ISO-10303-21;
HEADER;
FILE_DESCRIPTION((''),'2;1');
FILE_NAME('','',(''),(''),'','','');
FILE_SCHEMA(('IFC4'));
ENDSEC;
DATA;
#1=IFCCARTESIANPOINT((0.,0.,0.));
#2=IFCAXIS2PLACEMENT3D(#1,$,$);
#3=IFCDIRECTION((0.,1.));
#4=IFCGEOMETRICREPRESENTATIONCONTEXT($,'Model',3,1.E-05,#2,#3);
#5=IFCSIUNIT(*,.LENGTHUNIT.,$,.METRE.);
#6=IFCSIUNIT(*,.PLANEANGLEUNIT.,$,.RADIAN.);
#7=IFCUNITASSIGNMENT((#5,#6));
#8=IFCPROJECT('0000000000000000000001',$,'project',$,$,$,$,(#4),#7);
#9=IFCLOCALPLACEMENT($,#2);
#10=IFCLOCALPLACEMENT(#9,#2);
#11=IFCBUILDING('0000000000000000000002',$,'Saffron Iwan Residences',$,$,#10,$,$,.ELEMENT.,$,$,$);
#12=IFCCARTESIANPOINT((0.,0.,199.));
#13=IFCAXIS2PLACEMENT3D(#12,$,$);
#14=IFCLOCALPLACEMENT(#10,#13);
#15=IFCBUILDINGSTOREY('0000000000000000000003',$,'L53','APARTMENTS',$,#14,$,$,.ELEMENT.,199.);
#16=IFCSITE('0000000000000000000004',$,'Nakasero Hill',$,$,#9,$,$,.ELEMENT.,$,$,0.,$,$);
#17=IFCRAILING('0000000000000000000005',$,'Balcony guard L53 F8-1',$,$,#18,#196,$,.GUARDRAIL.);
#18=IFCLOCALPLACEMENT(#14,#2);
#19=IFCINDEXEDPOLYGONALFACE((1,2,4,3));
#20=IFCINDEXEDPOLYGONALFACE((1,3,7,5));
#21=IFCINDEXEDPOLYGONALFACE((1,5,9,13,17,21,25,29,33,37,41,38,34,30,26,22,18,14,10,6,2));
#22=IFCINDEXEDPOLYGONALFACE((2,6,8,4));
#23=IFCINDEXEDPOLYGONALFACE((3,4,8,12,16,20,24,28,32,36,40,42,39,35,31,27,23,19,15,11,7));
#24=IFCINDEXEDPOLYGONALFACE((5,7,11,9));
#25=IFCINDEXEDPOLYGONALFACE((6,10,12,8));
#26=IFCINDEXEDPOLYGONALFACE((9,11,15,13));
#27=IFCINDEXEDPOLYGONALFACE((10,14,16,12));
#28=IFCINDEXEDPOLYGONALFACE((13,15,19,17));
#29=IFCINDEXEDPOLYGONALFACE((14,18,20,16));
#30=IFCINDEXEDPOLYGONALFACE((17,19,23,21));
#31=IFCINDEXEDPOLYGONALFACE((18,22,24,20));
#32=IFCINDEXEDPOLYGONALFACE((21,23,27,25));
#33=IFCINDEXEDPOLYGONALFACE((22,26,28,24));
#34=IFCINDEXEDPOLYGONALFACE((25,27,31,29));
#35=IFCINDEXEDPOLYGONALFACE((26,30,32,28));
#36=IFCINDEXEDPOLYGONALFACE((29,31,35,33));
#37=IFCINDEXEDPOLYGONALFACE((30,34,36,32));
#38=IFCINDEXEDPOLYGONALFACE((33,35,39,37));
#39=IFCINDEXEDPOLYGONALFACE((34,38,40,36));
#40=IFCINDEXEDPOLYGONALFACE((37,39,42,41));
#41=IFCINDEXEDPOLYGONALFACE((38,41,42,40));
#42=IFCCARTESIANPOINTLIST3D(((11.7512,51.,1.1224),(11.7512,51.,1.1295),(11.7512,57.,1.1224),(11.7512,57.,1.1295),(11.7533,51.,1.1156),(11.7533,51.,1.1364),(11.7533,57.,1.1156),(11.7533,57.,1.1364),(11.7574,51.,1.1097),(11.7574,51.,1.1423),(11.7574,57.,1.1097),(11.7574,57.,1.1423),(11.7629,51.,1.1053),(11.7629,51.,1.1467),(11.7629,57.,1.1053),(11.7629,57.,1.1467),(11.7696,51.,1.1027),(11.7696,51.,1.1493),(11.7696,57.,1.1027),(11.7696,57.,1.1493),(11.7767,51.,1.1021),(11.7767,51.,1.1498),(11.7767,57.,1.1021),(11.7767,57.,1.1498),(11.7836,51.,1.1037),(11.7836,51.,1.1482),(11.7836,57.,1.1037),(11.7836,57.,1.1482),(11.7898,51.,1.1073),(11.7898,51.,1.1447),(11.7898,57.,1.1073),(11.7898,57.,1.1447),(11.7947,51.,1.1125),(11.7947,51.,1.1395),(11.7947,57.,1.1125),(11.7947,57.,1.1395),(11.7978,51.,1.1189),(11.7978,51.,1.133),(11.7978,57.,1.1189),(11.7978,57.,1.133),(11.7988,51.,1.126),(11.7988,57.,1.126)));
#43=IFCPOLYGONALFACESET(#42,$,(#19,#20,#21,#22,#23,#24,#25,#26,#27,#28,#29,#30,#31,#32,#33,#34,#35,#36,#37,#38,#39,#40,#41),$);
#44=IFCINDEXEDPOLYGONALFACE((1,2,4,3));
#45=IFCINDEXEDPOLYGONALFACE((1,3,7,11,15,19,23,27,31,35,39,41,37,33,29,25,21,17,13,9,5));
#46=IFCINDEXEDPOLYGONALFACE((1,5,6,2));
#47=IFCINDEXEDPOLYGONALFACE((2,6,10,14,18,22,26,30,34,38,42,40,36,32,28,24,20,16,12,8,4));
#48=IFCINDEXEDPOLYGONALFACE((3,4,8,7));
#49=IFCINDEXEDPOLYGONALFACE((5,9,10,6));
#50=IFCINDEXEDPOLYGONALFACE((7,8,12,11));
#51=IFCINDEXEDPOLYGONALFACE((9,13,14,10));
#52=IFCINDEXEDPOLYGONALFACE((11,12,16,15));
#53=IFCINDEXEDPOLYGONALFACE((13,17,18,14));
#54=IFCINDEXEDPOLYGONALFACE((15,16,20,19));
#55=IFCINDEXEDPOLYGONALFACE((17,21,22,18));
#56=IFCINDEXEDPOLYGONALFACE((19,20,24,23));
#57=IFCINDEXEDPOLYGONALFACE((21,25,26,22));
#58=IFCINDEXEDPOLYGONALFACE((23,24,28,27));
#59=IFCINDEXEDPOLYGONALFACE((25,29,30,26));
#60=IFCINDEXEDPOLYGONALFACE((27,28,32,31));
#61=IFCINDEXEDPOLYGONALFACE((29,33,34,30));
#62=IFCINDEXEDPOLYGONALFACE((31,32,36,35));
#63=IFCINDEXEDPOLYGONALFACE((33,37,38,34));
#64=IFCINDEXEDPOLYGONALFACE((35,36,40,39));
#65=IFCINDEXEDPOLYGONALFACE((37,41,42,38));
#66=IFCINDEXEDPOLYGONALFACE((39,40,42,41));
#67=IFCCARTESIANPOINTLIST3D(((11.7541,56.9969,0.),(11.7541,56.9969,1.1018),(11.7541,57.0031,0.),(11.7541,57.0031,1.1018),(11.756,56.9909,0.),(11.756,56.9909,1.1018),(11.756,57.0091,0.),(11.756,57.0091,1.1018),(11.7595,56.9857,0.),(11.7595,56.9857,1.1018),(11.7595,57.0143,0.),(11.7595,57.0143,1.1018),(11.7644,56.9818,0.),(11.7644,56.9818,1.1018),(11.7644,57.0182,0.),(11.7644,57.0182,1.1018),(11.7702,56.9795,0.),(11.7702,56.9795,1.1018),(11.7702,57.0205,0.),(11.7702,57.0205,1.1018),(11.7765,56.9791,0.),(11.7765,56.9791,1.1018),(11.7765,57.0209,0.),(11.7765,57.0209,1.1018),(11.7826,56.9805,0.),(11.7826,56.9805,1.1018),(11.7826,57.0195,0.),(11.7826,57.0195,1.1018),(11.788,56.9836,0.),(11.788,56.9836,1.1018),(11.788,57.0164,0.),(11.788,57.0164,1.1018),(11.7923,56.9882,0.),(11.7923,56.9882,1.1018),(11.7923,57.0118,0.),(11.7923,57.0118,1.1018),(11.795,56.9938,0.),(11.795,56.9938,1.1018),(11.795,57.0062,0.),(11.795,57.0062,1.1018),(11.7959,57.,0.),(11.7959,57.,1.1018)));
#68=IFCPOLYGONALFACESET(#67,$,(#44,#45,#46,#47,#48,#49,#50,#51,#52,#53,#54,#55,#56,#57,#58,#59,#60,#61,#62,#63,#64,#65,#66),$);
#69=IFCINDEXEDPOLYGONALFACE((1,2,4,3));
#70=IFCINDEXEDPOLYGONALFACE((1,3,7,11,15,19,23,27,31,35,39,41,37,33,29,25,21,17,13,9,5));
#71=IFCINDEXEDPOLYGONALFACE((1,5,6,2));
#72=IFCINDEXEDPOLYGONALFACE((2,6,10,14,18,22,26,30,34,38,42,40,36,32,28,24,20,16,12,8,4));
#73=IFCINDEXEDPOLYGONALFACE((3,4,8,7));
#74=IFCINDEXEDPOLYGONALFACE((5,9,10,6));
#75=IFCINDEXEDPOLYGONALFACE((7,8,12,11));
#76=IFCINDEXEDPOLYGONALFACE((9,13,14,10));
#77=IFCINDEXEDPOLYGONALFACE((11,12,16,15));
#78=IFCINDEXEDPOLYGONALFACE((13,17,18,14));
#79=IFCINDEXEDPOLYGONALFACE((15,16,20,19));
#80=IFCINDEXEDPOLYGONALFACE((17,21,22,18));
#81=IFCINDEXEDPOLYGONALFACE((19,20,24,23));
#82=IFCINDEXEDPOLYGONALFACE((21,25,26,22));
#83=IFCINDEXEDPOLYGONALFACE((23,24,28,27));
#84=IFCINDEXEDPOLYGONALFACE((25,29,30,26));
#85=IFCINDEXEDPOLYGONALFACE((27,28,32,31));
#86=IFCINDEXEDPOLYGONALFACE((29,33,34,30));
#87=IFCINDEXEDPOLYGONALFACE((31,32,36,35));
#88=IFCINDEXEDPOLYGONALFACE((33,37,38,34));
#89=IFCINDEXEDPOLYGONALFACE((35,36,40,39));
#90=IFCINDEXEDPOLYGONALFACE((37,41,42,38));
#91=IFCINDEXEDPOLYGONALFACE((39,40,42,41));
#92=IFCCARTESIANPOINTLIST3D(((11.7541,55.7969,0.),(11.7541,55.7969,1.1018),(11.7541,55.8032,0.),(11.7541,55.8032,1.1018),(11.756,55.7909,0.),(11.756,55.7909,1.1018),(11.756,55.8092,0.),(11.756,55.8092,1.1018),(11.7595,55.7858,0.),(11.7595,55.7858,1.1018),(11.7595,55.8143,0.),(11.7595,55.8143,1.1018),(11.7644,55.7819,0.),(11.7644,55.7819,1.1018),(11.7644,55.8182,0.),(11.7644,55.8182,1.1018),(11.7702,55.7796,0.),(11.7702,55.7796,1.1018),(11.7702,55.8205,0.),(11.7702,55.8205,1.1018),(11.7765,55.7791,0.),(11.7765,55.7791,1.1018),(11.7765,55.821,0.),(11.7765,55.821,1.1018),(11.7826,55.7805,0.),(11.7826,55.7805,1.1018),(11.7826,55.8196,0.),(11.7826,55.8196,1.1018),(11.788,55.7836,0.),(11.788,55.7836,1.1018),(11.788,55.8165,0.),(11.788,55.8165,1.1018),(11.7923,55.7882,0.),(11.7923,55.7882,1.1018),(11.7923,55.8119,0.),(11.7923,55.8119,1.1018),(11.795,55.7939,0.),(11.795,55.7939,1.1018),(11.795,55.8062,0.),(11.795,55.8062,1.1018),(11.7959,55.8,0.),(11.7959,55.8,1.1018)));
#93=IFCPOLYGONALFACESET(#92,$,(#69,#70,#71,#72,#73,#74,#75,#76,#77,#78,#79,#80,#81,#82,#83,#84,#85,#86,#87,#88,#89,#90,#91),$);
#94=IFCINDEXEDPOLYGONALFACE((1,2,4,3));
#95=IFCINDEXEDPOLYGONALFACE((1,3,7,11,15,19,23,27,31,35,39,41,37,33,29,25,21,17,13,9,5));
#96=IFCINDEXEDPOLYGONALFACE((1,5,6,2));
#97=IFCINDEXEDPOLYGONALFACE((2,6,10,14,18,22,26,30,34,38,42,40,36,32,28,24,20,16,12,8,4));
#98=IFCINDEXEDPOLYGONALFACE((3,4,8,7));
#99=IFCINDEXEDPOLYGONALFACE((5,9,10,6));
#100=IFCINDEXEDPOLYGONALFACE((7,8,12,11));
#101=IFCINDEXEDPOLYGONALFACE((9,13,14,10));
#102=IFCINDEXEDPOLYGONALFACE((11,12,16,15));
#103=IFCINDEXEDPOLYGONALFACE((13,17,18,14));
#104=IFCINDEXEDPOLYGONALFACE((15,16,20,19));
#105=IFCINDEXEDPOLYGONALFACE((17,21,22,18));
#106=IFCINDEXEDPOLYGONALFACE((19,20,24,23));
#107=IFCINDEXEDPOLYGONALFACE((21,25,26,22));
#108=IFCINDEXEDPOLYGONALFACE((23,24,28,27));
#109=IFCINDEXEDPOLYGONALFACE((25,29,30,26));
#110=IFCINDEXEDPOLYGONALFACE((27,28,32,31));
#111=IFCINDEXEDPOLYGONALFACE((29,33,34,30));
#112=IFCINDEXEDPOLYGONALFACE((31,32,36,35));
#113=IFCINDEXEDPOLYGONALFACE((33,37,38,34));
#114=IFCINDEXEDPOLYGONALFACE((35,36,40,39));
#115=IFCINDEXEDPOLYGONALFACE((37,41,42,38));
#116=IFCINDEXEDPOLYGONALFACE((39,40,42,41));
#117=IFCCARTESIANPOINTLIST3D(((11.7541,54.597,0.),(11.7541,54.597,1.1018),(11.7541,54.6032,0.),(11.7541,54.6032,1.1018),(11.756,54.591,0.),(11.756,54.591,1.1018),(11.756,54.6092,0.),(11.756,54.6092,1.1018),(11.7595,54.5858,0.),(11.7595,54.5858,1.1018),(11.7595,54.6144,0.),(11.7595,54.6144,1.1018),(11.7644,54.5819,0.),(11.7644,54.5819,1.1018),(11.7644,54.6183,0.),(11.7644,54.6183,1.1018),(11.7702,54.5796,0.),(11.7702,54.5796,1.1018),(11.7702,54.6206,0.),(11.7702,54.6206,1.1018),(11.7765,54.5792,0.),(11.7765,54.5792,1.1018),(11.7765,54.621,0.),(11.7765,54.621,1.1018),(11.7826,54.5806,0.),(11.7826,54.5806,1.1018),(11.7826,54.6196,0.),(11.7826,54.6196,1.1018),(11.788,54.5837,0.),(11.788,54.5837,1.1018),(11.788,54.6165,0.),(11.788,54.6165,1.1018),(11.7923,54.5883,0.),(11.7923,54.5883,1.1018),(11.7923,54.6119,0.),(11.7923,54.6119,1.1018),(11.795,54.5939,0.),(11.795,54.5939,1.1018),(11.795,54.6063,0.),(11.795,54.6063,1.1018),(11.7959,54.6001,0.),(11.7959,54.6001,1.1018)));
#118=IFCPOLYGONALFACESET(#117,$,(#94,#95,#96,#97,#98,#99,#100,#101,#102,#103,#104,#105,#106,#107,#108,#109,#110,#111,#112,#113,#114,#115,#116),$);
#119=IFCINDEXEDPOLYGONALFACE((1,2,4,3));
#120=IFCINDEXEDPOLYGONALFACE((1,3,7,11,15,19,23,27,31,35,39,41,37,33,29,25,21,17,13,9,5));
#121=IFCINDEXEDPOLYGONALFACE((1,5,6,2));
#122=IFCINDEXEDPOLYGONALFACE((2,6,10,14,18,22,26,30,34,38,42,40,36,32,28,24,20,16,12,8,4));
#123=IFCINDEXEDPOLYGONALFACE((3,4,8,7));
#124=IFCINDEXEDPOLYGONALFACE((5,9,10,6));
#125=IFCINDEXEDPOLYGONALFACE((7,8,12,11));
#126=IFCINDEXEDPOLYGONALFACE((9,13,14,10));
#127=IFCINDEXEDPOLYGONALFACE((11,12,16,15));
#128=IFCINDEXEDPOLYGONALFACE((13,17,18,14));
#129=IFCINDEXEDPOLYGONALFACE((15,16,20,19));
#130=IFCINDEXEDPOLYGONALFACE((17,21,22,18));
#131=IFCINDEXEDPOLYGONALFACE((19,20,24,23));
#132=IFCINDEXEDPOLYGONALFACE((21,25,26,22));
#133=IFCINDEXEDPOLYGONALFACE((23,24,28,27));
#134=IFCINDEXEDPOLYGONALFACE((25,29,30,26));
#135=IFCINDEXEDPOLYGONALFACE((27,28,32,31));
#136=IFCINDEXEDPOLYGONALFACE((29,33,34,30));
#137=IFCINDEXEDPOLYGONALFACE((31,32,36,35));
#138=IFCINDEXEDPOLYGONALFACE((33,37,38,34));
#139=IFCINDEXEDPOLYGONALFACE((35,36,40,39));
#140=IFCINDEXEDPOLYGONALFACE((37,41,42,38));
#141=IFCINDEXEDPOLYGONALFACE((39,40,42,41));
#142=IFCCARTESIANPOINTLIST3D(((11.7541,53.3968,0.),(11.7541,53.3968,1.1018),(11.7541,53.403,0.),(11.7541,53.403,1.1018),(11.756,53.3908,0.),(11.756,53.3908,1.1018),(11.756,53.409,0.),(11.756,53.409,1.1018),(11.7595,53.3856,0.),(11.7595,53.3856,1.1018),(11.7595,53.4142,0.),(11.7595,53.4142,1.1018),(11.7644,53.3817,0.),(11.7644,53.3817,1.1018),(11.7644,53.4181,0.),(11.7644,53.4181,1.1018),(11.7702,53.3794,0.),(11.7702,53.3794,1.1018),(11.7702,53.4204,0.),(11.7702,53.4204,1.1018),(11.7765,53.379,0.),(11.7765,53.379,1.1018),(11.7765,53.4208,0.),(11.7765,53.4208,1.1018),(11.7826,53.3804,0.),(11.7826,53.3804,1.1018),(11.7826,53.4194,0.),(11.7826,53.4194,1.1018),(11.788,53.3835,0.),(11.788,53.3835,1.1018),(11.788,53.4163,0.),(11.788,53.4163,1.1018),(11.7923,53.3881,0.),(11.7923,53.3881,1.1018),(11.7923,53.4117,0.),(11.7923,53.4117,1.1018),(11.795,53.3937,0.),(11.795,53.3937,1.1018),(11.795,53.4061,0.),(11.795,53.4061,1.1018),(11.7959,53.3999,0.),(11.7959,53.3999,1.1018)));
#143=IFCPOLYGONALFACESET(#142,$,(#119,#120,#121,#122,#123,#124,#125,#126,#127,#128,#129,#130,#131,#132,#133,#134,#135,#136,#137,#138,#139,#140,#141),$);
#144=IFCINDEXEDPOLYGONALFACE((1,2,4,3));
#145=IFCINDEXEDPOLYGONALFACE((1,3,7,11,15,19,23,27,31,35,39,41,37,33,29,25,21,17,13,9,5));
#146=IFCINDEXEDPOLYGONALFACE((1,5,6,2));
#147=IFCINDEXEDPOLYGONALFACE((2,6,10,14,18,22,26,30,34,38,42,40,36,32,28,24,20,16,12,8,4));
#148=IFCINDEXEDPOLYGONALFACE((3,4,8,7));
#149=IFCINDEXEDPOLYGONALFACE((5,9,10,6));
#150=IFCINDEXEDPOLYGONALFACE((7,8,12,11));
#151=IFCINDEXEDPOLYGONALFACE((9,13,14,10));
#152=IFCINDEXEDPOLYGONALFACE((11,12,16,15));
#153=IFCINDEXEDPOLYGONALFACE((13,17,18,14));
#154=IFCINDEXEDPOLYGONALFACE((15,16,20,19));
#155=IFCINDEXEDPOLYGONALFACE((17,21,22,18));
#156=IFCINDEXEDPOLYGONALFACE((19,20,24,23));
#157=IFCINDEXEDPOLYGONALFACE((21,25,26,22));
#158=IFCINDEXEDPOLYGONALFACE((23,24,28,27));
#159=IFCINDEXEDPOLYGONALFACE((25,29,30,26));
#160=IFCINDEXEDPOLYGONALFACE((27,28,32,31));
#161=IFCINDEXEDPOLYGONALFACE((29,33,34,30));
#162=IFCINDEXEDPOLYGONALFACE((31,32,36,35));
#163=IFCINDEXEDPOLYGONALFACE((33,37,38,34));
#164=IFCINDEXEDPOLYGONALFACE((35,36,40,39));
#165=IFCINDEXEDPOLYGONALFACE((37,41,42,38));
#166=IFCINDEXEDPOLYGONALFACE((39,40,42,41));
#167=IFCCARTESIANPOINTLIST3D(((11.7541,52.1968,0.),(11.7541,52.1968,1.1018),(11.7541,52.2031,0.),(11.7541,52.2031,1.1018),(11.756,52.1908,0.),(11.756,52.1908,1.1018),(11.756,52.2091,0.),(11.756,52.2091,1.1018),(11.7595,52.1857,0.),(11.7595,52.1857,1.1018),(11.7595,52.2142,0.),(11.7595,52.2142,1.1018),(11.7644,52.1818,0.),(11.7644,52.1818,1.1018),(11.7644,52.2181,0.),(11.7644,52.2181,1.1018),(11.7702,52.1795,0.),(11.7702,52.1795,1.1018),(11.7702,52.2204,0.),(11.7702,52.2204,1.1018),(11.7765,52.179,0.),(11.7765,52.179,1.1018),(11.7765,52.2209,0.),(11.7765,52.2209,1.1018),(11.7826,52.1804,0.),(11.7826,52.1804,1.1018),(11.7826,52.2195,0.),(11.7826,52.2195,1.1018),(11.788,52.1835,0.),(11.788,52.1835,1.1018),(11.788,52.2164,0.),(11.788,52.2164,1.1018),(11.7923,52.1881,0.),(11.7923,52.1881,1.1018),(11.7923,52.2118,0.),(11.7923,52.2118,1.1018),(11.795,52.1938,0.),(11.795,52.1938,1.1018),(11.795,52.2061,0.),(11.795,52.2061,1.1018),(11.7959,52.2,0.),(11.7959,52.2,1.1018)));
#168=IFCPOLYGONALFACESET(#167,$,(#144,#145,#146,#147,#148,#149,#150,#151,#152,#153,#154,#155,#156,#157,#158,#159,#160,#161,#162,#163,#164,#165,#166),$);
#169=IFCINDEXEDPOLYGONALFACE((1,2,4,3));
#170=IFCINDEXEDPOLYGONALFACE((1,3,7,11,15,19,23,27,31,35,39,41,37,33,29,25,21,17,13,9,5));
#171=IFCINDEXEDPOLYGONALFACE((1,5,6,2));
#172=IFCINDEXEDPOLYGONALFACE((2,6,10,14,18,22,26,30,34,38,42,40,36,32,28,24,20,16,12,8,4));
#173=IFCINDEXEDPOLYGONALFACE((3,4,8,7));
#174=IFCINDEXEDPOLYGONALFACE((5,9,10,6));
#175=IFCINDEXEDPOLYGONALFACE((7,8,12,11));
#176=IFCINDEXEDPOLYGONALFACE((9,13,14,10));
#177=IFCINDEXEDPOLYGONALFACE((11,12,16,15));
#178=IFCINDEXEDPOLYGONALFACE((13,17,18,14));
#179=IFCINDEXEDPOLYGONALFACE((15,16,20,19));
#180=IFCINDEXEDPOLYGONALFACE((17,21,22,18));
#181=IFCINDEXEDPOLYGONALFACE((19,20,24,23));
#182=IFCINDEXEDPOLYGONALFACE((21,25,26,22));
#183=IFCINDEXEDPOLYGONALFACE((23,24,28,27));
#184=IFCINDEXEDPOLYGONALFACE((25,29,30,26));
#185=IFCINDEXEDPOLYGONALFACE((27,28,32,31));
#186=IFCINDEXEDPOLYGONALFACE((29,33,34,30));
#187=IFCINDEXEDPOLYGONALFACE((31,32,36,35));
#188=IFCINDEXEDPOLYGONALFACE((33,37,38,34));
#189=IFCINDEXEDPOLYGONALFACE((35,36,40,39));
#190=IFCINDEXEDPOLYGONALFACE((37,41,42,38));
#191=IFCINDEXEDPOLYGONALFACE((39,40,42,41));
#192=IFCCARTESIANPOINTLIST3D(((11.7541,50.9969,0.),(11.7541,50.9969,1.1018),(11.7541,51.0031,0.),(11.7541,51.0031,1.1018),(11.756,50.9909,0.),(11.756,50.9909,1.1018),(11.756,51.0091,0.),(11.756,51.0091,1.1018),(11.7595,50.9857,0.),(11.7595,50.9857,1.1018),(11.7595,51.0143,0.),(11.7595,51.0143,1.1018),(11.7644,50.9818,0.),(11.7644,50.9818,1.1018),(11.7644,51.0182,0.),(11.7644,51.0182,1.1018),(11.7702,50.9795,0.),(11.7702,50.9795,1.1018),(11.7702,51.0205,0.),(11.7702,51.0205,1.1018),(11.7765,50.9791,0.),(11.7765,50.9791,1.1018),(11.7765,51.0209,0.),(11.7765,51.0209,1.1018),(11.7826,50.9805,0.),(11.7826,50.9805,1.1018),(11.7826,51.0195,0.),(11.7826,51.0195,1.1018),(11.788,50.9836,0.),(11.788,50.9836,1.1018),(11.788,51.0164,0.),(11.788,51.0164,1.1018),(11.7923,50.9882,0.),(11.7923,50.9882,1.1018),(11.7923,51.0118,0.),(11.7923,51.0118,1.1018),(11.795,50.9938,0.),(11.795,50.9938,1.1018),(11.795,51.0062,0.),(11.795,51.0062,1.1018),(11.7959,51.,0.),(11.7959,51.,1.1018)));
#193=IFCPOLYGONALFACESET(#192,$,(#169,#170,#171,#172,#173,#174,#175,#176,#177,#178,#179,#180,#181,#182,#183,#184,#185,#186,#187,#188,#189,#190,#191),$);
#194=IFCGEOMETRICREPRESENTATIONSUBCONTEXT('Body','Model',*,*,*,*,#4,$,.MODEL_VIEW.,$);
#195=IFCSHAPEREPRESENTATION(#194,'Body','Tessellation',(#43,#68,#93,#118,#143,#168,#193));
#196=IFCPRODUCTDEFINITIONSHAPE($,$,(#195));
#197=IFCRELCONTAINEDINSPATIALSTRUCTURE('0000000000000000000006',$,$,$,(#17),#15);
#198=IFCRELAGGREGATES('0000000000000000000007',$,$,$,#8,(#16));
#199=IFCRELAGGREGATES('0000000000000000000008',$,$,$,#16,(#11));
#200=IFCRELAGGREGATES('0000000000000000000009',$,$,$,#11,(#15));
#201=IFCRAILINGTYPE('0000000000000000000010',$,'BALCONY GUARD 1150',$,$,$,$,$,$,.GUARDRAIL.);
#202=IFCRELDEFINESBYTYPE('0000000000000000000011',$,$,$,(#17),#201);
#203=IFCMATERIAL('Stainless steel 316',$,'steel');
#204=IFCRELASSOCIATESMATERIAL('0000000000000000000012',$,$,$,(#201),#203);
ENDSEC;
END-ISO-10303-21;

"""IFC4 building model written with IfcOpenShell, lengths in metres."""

from ifc_helpers import new_model, si_unit, direction, frame, origin, origin_2d, place, context, subcontext, project, spatial, circle, extrude, material, type_object, element, save


model = new_model("IFC4")

# Units and contexts
model_context = context("Model", 3, precision=1e-05, world=origin(), true_north=direction((0.0, 1.0)))
body_context = subcontext(model_context, "Body", "Model", "MODEL_VIEW")
ifc_project = project(units=[si_unit("LENGTHUNIT", "METRE"), si_unit("PLANEANGLEUNIT", "RADIAN")], contexts=[model_context])

# Site, building, storey
site_placement = place(None, origin())
site = spatial("IfcSite", under=ifc_project, at=site_placement, Name="Nakasero Hill", CompositionType="ELEMENT", RefElevation=0.0)
building_placement = place(site_placement, origin())
building = spatial("IfcBuilding", under=site, at=building_placement, Name="Saffron Iwan Residences", CompositionType="ELEMENT")
storey_placement = place(building_placement, frame((0.0, 0.0, 199.0)))
storey = spatial("IfcBuildingStorey", under=building, at=storey_placement, Name="L53", Description="APARTMENTS", CompositionType="ELEMENT", Elevation=199.0)

# Railing
ifc_material_1 = material(Name="Stainless steel 316", Category="steel")
railing_type = type_object("IfcRailingType", Name="BALCONY GUARD 1150", PredefinedType="GUARDRAIL", material=ifc_material_1)
railing_placement = place(storey_placement, frame((11.7749, 57.0, 0.0)))
element("IfcRailing", 1, at=railing_placement, inside=storey, type_object=railing_type, Name="Balcony guard L53 F8-1", PredefinedType="GUARDRAIL", context=body_context, shape_type="SweptSolid", body=[
    extrude(circle(Radius=0.0239, at=origin_2d()), frame((0.0, 0.0, 1.126), z_axis=(0.0, -1.0, 0.0), x_axis=(1.0, 0.0, 0.0)), (0.0, 0.0, 1.0), 6.0),
    extrude(circle(Radius=0.021, at=origin_2d()), origin(), (0.0, 0.0, 1.0), 1.1018),
    extrude(circle(Radius=0.021, at=origin_2d()), frame((0.0, -1.2, 0.0)), (0.0, 0.0, 1.0), 1.1018),
    extrude(circle(Radius=0.021, at=origin_2d()), frame((0.0, -2.3999, 0.0)), (0.0, 0.0, 1.0), 1.1018),
    extrude(circle(Radius=0.021, at=origin_2d()), frame((0.0, -3.6001, 0.0)), (0.0, 0.0, 1.0), 1.1018),
    extrude(circle(Radius=0.021, at=origin_2d()), frame((0.0, -4.8, 0.0)), (0.0, 0.0, 1.0), 1.1018),
    extrude(circle(Radius=0.021, at=origin_2d()), frame((0.0, -6.0, 0.0)), (0.0, 0.0, 1.0), 1.1018),
])

save(model, "model.ifc")
